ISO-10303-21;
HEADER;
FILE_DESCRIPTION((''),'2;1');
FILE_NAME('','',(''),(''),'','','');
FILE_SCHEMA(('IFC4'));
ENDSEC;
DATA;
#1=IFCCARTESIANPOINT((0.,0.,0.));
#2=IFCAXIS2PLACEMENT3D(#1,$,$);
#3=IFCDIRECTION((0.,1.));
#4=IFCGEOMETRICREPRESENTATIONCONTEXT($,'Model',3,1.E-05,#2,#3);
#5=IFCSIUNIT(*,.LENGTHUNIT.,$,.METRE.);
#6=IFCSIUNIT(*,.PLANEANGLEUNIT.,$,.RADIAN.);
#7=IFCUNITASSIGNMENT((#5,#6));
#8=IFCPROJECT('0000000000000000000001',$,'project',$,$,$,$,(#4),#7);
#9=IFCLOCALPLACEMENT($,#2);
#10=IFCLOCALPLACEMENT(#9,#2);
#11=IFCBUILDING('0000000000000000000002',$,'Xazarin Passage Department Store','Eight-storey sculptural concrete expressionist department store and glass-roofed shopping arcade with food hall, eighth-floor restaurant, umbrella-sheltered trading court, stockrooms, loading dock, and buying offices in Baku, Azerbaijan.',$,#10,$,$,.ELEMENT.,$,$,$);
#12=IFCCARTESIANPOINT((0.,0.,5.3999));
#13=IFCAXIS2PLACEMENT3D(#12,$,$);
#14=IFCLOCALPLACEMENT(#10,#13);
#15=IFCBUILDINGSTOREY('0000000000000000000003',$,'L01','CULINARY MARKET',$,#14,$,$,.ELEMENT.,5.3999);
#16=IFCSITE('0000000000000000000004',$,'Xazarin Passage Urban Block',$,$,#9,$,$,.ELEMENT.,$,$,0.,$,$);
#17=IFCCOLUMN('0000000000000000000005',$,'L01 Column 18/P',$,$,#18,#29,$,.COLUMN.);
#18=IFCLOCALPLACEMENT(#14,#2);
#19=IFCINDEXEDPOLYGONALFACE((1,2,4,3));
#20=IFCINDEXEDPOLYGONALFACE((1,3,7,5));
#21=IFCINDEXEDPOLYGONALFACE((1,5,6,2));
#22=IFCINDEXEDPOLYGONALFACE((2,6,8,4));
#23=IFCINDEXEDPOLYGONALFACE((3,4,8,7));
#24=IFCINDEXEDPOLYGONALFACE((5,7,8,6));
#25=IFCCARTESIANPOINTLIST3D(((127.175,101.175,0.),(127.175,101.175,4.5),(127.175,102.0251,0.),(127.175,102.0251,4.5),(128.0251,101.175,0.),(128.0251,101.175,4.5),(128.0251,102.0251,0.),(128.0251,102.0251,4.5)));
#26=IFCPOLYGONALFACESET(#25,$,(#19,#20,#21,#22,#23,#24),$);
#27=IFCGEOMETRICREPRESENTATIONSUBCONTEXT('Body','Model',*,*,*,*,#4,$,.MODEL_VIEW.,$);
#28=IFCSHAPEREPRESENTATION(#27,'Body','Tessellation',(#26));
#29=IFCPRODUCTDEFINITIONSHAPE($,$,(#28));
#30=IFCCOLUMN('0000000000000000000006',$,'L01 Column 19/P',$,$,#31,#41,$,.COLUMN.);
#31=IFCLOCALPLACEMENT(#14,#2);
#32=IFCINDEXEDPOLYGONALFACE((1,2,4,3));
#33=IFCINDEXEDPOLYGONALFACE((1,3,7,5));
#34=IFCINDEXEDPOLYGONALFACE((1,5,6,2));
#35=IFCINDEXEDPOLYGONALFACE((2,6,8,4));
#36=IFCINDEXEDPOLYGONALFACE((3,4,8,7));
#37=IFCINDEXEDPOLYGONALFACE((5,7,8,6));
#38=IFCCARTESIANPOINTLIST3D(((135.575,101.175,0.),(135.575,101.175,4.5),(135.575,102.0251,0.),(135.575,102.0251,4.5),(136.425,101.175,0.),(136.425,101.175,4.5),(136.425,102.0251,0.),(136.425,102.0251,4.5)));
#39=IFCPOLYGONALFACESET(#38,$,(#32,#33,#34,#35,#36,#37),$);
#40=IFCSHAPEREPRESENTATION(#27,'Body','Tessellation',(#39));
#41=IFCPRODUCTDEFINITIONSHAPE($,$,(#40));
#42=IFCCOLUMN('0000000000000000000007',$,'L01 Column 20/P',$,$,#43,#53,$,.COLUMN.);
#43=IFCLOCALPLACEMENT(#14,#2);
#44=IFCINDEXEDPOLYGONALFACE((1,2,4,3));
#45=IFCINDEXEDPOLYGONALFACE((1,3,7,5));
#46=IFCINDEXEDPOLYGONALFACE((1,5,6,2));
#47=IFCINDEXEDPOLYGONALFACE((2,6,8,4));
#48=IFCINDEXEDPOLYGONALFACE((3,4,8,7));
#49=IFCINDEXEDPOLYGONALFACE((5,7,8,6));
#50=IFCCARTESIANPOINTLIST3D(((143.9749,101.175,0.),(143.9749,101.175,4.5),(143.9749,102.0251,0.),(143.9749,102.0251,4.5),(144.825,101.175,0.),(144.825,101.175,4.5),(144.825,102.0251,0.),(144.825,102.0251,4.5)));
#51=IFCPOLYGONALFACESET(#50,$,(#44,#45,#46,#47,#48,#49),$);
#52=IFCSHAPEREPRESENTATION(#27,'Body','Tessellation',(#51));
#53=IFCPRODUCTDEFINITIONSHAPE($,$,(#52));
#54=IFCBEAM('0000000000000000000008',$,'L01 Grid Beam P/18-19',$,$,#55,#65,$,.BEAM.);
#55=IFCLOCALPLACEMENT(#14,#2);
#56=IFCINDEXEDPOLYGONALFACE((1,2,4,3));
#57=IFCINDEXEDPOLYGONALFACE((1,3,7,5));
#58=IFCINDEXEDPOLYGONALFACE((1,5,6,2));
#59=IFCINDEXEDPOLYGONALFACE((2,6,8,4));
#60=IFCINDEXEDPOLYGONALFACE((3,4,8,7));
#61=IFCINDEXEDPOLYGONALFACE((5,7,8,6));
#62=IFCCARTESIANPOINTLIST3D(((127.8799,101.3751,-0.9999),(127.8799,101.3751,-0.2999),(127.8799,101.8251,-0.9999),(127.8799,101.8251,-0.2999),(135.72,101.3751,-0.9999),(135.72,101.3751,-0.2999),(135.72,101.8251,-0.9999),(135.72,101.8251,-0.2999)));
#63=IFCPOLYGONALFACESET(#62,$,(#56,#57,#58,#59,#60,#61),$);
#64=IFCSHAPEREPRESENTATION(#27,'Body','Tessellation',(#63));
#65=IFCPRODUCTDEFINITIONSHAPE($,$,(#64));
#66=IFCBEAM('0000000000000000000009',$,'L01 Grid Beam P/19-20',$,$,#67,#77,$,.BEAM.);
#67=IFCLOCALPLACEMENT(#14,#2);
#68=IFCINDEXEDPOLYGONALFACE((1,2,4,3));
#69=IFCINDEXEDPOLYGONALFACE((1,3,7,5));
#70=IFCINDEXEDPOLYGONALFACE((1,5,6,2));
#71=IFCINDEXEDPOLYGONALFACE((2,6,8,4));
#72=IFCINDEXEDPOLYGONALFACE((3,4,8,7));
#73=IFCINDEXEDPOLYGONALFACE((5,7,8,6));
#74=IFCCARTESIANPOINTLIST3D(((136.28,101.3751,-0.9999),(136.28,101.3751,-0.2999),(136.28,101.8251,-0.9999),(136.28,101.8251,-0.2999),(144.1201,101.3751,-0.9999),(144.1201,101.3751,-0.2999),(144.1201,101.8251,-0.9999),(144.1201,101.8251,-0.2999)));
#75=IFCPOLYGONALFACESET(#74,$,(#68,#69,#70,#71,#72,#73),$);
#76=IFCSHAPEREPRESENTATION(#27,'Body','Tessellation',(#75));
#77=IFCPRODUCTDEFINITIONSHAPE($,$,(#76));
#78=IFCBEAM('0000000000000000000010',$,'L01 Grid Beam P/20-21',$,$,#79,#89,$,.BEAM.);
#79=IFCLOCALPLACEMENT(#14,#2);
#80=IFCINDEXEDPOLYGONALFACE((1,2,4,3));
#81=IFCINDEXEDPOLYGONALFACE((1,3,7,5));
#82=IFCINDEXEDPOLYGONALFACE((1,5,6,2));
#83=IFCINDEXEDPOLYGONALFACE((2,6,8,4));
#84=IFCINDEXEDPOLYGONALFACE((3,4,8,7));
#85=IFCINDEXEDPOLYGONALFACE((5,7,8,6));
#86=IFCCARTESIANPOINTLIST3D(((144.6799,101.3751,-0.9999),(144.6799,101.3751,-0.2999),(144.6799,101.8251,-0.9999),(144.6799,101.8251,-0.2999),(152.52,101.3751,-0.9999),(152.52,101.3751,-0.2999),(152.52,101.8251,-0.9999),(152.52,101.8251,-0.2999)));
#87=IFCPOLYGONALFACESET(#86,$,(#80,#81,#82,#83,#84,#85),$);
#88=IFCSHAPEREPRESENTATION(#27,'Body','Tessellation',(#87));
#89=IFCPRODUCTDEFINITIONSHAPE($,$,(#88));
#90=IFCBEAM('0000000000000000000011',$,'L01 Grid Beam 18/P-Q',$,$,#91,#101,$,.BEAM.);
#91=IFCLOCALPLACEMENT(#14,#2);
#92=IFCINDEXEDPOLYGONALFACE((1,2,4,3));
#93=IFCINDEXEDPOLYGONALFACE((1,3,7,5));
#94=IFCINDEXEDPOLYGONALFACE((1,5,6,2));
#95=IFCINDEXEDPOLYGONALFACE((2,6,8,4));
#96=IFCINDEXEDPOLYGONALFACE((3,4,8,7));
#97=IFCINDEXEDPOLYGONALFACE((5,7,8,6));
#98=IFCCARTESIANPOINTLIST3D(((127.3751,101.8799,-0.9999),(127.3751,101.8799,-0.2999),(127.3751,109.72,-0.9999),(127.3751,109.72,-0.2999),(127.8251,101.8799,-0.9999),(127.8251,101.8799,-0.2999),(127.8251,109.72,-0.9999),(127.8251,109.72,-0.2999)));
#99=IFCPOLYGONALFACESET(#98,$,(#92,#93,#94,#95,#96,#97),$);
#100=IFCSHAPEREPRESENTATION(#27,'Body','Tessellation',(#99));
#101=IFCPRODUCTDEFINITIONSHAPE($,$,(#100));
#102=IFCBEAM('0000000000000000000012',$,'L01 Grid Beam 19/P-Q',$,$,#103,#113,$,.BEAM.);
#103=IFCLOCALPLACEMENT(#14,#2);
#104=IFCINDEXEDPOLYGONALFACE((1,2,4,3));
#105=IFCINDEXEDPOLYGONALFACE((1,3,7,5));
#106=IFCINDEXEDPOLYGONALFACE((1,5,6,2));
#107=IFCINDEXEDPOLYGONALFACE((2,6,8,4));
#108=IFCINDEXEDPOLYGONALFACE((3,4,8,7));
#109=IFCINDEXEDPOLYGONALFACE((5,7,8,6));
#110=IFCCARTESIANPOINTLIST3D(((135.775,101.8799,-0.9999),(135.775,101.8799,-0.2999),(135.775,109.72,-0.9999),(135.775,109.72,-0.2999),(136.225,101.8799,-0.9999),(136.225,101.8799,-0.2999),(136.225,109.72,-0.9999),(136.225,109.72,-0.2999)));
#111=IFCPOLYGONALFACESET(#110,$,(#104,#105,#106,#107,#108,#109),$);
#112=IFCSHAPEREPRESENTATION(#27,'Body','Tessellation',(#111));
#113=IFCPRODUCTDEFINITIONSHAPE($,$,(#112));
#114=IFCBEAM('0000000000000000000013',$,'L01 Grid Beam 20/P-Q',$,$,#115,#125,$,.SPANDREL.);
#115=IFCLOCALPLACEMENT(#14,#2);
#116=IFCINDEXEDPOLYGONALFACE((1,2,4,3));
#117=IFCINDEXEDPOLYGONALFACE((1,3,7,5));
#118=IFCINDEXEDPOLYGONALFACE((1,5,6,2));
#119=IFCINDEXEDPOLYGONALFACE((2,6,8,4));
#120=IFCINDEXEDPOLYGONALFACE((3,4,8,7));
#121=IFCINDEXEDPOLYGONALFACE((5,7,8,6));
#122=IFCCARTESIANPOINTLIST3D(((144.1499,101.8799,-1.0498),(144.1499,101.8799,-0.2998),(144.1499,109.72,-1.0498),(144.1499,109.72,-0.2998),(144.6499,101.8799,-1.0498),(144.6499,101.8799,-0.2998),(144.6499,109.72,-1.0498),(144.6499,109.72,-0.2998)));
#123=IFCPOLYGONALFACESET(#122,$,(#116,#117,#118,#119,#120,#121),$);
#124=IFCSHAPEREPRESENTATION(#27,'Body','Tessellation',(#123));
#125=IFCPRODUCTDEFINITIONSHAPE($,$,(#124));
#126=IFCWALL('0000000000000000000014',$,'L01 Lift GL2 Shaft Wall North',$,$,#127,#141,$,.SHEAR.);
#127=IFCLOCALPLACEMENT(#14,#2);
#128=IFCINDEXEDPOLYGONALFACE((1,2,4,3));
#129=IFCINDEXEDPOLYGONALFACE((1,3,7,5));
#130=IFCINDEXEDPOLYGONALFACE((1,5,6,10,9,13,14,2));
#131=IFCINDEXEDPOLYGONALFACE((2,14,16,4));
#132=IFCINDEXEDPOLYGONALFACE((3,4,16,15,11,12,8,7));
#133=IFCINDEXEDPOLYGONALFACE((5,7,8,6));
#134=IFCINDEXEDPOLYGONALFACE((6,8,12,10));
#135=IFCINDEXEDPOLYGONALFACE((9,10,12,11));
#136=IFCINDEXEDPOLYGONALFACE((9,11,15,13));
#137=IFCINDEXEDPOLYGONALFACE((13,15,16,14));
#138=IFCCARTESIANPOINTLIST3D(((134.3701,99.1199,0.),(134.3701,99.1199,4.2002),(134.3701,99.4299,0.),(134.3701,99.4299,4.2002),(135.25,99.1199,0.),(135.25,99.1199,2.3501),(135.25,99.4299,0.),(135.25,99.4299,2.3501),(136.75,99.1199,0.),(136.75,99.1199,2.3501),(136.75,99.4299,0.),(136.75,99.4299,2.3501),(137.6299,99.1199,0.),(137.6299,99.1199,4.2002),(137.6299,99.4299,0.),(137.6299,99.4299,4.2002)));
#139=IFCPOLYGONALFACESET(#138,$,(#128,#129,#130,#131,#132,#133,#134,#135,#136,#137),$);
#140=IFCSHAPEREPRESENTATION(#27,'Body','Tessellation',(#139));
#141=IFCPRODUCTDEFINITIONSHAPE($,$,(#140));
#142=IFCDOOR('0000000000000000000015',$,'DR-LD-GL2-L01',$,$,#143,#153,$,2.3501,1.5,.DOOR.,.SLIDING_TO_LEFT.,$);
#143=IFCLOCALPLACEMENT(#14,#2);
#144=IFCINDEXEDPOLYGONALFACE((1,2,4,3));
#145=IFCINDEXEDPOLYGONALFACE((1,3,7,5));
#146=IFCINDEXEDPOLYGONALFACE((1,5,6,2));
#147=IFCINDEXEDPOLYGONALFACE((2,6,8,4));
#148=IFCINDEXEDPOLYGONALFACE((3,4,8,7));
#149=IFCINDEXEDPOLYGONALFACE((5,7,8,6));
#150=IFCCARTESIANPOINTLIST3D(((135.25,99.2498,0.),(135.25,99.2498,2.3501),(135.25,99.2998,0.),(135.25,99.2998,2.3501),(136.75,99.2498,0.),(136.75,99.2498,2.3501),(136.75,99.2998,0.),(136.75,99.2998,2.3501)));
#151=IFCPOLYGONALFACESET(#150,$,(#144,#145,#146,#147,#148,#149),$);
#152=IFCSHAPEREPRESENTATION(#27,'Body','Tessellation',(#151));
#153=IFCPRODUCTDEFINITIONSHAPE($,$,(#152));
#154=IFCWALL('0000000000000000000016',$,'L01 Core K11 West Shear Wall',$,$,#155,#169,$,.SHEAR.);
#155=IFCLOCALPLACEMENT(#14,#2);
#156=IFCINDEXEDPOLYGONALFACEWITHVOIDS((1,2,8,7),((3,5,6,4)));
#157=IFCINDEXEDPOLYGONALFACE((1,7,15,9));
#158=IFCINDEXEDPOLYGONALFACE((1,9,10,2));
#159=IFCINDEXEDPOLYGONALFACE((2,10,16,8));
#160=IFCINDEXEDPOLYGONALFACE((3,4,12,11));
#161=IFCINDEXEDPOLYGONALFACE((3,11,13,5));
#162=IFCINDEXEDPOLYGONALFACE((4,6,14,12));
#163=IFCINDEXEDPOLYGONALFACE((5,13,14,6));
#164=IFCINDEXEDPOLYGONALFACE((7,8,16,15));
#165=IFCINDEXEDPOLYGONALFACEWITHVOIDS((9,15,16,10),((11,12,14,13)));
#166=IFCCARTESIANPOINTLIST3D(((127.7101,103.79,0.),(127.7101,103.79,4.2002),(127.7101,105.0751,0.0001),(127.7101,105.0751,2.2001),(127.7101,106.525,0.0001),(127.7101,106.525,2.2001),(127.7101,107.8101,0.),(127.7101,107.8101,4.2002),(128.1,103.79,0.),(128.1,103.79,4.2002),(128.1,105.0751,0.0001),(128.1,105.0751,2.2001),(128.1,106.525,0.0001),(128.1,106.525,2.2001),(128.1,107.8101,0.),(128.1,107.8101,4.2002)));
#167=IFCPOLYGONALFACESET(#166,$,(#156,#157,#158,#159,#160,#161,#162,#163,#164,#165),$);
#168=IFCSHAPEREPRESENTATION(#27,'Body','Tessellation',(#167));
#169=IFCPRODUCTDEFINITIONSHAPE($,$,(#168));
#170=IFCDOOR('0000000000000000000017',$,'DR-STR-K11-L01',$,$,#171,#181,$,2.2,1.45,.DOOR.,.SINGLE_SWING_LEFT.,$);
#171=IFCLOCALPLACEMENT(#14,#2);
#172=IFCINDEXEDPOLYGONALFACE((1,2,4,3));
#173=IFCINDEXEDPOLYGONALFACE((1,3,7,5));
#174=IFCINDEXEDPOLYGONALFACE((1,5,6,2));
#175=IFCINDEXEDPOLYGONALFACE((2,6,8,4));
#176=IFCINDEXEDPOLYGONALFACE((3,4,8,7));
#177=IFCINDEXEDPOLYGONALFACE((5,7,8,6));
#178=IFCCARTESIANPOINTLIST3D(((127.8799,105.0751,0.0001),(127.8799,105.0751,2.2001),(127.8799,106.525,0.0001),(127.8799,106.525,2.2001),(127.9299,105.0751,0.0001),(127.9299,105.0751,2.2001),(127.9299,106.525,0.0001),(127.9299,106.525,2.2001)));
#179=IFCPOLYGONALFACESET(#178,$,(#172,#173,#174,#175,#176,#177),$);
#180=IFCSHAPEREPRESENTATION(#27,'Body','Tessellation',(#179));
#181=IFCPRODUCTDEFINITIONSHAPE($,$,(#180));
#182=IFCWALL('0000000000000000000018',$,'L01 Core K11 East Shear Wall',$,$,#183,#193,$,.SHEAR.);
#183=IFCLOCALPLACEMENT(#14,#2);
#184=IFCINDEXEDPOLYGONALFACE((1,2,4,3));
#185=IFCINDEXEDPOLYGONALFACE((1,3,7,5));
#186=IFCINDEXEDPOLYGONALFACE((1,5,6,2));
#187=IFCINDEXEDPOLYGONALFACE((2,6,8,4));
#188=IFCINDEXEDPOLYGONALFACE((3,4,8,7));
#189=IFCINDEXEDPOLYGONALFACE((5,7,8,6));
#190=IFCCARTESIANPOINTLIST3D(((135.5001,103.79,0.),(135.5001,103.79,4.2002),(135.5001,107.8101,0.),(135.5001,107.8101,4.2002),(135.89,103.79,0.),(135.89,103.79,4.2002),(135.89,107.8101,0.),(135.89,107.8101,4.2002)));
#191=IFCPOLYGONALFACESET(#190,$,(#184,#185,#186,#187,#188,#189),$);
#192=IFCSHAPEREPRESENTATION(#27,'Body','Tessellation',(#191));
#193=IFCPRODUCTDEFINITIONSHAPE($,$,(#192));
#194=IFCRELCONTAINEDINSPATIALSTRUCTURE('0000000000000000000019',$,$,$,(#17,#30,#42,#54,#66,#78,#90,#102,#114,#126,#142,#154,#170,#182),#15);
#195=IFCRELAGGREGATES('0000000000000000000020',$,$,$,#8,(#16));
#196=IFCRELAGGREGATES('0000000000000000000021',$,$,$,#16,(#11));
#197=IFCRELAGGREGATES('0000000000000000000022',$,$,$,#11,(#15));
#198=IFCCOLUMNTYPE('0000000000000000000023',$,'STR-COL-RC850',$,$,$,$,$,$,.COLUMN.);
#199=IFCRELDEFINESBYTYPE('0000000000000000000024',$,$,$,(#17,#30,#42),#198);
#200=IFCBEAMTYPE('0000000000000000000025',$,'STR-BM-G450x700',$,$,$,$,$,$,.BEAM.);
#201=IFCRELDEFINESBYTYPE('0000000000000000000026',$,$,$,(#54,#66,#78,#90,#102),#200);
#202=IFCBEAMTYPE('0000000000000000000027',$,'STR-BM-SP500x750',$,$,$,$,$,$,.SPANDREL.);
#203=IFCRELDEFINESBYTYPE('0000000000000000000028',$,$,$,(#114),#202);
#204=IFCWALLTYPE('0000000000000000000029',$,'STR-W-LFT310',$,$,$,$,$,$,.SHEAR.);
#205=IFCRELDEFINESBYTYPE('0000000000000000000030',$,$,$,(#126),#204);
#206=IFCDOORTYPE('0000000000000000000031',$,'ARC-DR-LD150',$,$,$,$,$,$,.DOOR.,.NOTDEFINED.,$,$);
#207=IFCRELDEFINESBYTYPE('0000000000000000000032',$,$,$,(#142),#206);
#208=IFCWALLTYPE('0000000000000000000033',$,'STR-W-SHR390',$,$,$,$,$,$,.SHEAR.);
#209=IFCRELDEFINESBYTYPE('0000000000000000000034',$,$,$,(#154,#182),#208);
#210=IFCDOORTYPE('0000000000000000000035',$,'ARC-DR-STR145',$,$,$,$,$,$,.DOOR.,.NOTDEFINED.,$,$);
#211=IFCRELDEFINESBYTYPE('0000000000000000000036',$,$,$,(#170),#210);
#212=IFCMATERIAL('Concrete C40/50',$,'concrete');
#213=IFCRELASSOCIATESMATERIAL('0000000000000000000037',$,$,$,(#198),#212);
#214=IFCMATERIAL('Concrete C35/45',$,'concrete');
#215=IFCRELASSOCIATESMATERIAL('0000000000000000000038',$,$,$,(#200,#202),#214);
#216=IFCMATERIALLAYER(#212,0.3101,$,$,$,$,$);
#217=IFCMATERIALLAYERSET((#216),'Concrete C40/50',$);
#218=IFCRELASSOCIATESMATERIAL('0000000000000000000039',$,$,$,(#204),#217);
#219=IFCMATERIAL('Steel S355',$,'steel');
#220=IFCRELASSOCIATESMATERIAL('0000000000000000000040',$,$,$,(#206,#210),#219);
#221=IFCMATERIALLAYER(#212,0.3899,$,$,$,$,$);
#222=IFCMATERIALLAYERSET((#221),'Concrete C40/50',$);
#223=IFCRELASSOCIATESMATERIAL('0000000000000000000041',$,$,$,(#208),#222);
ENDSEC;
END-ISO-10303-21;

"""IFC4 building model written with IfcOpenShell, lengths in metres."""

from ifc_helpers import new_model, si_unit, direction, frame, frame_2d, origin, origin_2d, place, context, subcontext, project, spatial, rectangle, extrude, material, layer, layer_set, material_profile, profile_set, type_object, element, fill, save


model = new_model("IFC4")

# Units and contexts
model_context = context("Model", 3, precision=1e-05, world=origin(), true_north=direction((0.0, 1.0)))
body_context = subcontext(model_context, "Body", "Model", "MODEL_VIEW")
ifc_project = project(units=[si_unit("LENGTHUNIT", "METRE"), si_unit("PLANEANGLEUNIT", "RADIAN")], contexts=[model_context])

# Site, building, storey
site_placement = place(None, origin())
site = spatial("IfcSite", under=ifc_project, at=site_placement, Name="Xazarin Passage Urban Block", CompositionType="ELEMENT", RefElevation=0.0)
building_placement = place(site_placement, origin())
building = spatial("IfcBuilding", under=site, at=building_placement, Name="Xazarin Passage Department Store", Description="Eight-storey sculptural concrete expressionist department store and glass-roofed shopping arcade with food hall, eighth-floor restaurant, umbrella-sheltered trading court, stockrooms, loading dock, and buying offices in Baku, Azerbaijan.", CompositionType="ELEMENT")
storey_placement = place(building_placement, frame((0.0, 0.0, 5.3999)))
storey = spatial("IfcBuildingStorey", under=building, at=storey_placement, Name="L01", Description="CULINARY MARKET", CompositionType="ELEMENT", Elevation=5.3999)

# Columns
ifc_material_1 = material(Name="Concrete C40/50", Category="concrete")
ifc_material_profile_1 = material_profile(ifc_material_1, rectangle(XDim=0.8501, YDim=0.8501, at=origin_2d()), Name="RC 850x850")
ifc_profile_set_1 = profile_set([ifc_material_profile_1], Name="Concrete C40/50")
column_type = type_object("IfcColumnType", Name="STR-COL-RC850", PredefinedType="COLUMN", material=ifc_profile_set_1)
for number, where, z_axis, x_axis, name in (
    (1, (127.6001, 101.6001, 0.0), (0.0, 0.0, 1.0), (1.0, 0.0, 0.0), "L01 Column 18/P"),
    (2, (136.0, 101.6001, 0.0), (0.0, 0.0, 1.0), (1.0, 0.0, 0.0), "L01 Column 19/P"),
    (3, (144.3999, 101.6001, 0.0), (0.0, 0.0, 1.0), (1.0, 0.0, 0.0), "L01 Column 20/P"),
):
    element("IfcColumn", number, at=place(storey_placement, frame(where, z_axis=z_axis, x_axis=x_axis)), inside=storey, type_object=column_type, Name=name, PredefinedType="COLUMN", context=body_context, shape_type="SweptSolid", body=[
        extrude(rectangle(XDim=0.8501, YDim=0.8501, at=origin_2d()), origin(), (0.0, 0.0, 1.0), 4.5),
    ])

# Beams
ifc_material_2 = material(Name="Concrete C35/45", Category="concrete")
ifc_material_profile_2 = material_profile(ifc_material_2, rectangle(XDim=0.45, YDim=0.7, at=origin_2d()), Name="RC 450x700")
ifc_profile_set_2 = profile_set([ifc_material_profile_2], Name="Concrete C35/45")
beam_type_1 = type_object("IfcBeamType", Name="STR-BM-G450x700", PredefinedType="BEAM", material=ifc_profile_set_2)
for number, where, z_axis, x_axis, name in (
    (4, (127.8799, 101.6001, -0.6499), (1.0, 0.0, 0.0), (0.0, 1.0, 0.0), "L01 Grid Beam P/18-19"),
    (5, (136.28, 101.6001, -0.6499), (1.0, 0.0, 0.0), (0.0, 1.0, 0.0), "L01 Grid Beam P/19-20"),
    (6, (144.6799, 101.6001, -0.6499), (1.0, 0.0, 0.0), (0.0, 1.0, 0.0), "L01 Grid Beam P/20-21"),
    (7, (127.6001, 101.8799, -0.6499), (0.0, 1.0, 0.0), (-1.0, 0.0, 0.0), "L01 Grid Beam 18/P-Q"),
    (8, (136.0, 101.8799, -0.6499), (0.0, 1.0, 0.0), (-1.0, 0.0, 0.0), "L01 Grid Beam 19/P-Q"),
):
    element("IfcBeam", number, at=place(storey_placement, frame(where, z_axis=z_axis, x_axis=x_axis)), inside=storey, type_object=beam_type_1, Name=name, PredefinedType="BEAM", context=body_context, shape_type="SweptSolid", body=[
        extrude(rectangle(XDim=0.45, YDim=0.7, at=origin_2d()), origin(), (0.0, 0.0, 1.0), 7.8401),
    ])
ifc_material_profile_3 = material_profile(ifc_material_2, rectangle(XDim=0.5, YDim=0.75, at=origin_2d()), Name="RC 500x750")
ifc_profile_set_3 = profile_set([ifc_material_profile_3], Name="Concrete C35/45")
beam_type_2 = type_object("IfcBeamType", Name="STR-BM-SP500x750", PredefinedType="SPANDREL", material=ifc_profile_set_3)
beam_placement = place(storey_placement, frame((144.3999, 101.8799, -0.6748), z_axis=(0.0, 1.0, 0.0), x_axis=(-1.0, 0.0, 0.0)))
element("IfcBeam", 9, at=beam_placement, inside=storey, type_object=beam_type_2, Name="L01 Grid Beam 20/P-Q", PredefinedType="SPANDREL", context=body_context, shape_type="SweptSolid", body=[
    extrude(rectangle(XDim=0.5, YDim=0.75, at=origin_2d()), origin(), (0.0, 0.0, 1.0), 7.8401),
])

# Walls, openings, doors
ifc_layer_1 = layer(ifc_material_1, 0.3101)
ifc_layer_set_1 = layer_set([ifc_layer_1], Name="Concrete C40/50")
wall_type_1 = type_object("IfcWallType", Name="STR-W-LFT310", PredefinedType="SHEAR", material=ifc_layer_set_1)
wall_1_placement = place(storey_placement, frame((134.3701, 99.2749, 0.0), z_axis=(0.0, 0.0, 1.0), x_axis=(1.0, 0.0, 0.0)))
wall_1 = element("IfcWall", 10, at=wall_1_placement, inside=storey, type_object=wall_type_1, Name="L01 Lift GL2 Shaft Wall North", PredefinedType="SHEAR", context=body_context, shape_type="SweptSolid", body=[
    extrude(rectangle(XDim=3.2598, YDim=0.3101, at=frame_2d((1.6299, 0.0))), origin(), (0.0, 0.0, 1.0), 4.2002),
])
opening_1_placement = place(wall_1_placement, frame((0.8799, 0.0, 0.0)))
opening_1 = element("IfcOpeningElement", 11, at=opening_1_placement, cuts=wall_1, PredefinedType="OPENING", context=body_context, shape_type="SweptSolid", body=[
    extrude(rectangle(XDim=1.5, YDim=2.3501, at=frame_2d((0.75, 1.175))), frame((0.0, 0.165, 0.0), z_axis=(0.0, -1.0, 0.0), x_axis=(1.0, 0.0, 0.0)), (0.0, 0.0, 1.0), 0.3301),
])
ifc_material_3 = material(Name="Steel S355", Category="steel")
door_type_1 = type_object("IfcDoorType", Name="ARC-DR-LD150", OperationType="NOTDEFINED", PredefinedType="DOOR", material=ifc_material_3)
door_1_placement = place(opening_1_placement, origin())
door_1 = element("IfcDoor", 12, at=door_1_placement, inside=storey, type_object=door_type_1, Name="DR-LD-GL2-L01", OperationType="SLIDING_TO_LEFT", OverallHeight=2.3501, OverallWidth=1.5, PredefinedType="DOOR", context=body_context, shape_type="SweptSolid", body=[
    extrude(rectangle(XDim=1.5, YDim=2.3501, at=frame_2d((0.75, 1.175))), frame((0.0, 0.0249, 0.0), z_axis=(0.0, -1.0, 0.0), x_axis=(1.0, 0.0, 0.0)), (0.0, 0.0, 1.0), 0.05),
])
fill(opening_1, door_1)
ifc_layer_2 = layer(ifc_material_1, 0.3899)
ifc_layer_set_2 = layer_set([ifc_layer_2], Name="Concrete C40/50")
wall_type_2 = type_object("IfcWallType", Name="STR-W-SHR390", PredefinedType="SHEAR", material=ifc_layer_set_2)
wall_2_placement = place(storey_placement, frame((127.905, 107.8101, 0.0), z_axis=(0.0, 0.0, 1.0), x_axis=(0.0, -1.0, 0.0)))
wall_2 = element("IfcWall", 13, at=wall_2_placement, inside=storey, type_object=wall_type_2, Name="L01 Core K11 West Shear Wall", PredefinedType="SHEAR", context=body_context, shape_type="SweptSolid", body=[
    extrude(rectangle(XDim=4.02, YDim=0.3899, at=frame_2d((2.01, 0.0))), origin(), (0.0, 0.0, 1.0), 4.2002),
])
opening_2_placement = place(wall_2_placement, frame((1.2849, 0.0, 0.0)))
opening_2 = element("IfcOpeningElement", 14, at=opening_2_placement, cuts=wall_2, PredefinedType="OPENING", context=body_context, shape_type="SweptSolid", body=[
    extrude(rectangle(XDim=1.45, YDim=2.2, at=frame_2d((0.7251, 1.1001))), frame((0.0, 0.2048, 0.0), z_axis=(0.0, -1.0, 0.0), x_axis=(1.0, 0.0, 0.0)), (0.0, 0.0, 1.0), 0.4099),
])
door_type_2 = type_object("IfcDoorType", Name="ARC-DR-STR145", OperationType="NOTDEFINED", PredefinedType="DOOR", material=ifc_material_3)
door_2_placement = place(opening_2_placement, origin())
door_2 = element("IfcDoor", 15, at=door_2_placement, inside=storey, type_object=door_type_2, Name="DR-STR-K11-L01", OperationType="SINGLE_SWING_LEFT", OverallHeight=2.2, OverallWidth=1.45, PredefinedType="DOOR", context=body_context, shape_type="SweptSolid", body=[
    extrude(rectangle(XDim=1.45, YDim=2.2, at=frame_2d((0.7251, 1.1001))), frame((0.0, 0.0249, 0.0), z_axis=(0.0, -1.0, 0.0), x_axis=(1.0, 0.0, 0.0)), (0.0, 0.0, 1.0), 0.05),
])
fill(opening_2, door_2)

# Wall
wall_3_placement = place(storey_placement, frame((135.6951, 103.79, 0.0), z_axis=(0.0, 0.0, 1.0), x_axis=(0.0, 1.0, 0.0)))
element("IfcWall", 16, at=wall_3_placement, inside=storey, type_object=wall_type_2, Name="L01 Core K11 East Shear Wall", PredefinedType="SHEAR", context=body_context, shape_type="SweptSolid", body=[
    extrude(rectangle(XDim=4.02, YDim=0.3899, at=frame_2d((2.01, 0.0))), origin(), (0.0, 0.0, 1.0), 4.2002),
])

save(model, "model.ifc")
